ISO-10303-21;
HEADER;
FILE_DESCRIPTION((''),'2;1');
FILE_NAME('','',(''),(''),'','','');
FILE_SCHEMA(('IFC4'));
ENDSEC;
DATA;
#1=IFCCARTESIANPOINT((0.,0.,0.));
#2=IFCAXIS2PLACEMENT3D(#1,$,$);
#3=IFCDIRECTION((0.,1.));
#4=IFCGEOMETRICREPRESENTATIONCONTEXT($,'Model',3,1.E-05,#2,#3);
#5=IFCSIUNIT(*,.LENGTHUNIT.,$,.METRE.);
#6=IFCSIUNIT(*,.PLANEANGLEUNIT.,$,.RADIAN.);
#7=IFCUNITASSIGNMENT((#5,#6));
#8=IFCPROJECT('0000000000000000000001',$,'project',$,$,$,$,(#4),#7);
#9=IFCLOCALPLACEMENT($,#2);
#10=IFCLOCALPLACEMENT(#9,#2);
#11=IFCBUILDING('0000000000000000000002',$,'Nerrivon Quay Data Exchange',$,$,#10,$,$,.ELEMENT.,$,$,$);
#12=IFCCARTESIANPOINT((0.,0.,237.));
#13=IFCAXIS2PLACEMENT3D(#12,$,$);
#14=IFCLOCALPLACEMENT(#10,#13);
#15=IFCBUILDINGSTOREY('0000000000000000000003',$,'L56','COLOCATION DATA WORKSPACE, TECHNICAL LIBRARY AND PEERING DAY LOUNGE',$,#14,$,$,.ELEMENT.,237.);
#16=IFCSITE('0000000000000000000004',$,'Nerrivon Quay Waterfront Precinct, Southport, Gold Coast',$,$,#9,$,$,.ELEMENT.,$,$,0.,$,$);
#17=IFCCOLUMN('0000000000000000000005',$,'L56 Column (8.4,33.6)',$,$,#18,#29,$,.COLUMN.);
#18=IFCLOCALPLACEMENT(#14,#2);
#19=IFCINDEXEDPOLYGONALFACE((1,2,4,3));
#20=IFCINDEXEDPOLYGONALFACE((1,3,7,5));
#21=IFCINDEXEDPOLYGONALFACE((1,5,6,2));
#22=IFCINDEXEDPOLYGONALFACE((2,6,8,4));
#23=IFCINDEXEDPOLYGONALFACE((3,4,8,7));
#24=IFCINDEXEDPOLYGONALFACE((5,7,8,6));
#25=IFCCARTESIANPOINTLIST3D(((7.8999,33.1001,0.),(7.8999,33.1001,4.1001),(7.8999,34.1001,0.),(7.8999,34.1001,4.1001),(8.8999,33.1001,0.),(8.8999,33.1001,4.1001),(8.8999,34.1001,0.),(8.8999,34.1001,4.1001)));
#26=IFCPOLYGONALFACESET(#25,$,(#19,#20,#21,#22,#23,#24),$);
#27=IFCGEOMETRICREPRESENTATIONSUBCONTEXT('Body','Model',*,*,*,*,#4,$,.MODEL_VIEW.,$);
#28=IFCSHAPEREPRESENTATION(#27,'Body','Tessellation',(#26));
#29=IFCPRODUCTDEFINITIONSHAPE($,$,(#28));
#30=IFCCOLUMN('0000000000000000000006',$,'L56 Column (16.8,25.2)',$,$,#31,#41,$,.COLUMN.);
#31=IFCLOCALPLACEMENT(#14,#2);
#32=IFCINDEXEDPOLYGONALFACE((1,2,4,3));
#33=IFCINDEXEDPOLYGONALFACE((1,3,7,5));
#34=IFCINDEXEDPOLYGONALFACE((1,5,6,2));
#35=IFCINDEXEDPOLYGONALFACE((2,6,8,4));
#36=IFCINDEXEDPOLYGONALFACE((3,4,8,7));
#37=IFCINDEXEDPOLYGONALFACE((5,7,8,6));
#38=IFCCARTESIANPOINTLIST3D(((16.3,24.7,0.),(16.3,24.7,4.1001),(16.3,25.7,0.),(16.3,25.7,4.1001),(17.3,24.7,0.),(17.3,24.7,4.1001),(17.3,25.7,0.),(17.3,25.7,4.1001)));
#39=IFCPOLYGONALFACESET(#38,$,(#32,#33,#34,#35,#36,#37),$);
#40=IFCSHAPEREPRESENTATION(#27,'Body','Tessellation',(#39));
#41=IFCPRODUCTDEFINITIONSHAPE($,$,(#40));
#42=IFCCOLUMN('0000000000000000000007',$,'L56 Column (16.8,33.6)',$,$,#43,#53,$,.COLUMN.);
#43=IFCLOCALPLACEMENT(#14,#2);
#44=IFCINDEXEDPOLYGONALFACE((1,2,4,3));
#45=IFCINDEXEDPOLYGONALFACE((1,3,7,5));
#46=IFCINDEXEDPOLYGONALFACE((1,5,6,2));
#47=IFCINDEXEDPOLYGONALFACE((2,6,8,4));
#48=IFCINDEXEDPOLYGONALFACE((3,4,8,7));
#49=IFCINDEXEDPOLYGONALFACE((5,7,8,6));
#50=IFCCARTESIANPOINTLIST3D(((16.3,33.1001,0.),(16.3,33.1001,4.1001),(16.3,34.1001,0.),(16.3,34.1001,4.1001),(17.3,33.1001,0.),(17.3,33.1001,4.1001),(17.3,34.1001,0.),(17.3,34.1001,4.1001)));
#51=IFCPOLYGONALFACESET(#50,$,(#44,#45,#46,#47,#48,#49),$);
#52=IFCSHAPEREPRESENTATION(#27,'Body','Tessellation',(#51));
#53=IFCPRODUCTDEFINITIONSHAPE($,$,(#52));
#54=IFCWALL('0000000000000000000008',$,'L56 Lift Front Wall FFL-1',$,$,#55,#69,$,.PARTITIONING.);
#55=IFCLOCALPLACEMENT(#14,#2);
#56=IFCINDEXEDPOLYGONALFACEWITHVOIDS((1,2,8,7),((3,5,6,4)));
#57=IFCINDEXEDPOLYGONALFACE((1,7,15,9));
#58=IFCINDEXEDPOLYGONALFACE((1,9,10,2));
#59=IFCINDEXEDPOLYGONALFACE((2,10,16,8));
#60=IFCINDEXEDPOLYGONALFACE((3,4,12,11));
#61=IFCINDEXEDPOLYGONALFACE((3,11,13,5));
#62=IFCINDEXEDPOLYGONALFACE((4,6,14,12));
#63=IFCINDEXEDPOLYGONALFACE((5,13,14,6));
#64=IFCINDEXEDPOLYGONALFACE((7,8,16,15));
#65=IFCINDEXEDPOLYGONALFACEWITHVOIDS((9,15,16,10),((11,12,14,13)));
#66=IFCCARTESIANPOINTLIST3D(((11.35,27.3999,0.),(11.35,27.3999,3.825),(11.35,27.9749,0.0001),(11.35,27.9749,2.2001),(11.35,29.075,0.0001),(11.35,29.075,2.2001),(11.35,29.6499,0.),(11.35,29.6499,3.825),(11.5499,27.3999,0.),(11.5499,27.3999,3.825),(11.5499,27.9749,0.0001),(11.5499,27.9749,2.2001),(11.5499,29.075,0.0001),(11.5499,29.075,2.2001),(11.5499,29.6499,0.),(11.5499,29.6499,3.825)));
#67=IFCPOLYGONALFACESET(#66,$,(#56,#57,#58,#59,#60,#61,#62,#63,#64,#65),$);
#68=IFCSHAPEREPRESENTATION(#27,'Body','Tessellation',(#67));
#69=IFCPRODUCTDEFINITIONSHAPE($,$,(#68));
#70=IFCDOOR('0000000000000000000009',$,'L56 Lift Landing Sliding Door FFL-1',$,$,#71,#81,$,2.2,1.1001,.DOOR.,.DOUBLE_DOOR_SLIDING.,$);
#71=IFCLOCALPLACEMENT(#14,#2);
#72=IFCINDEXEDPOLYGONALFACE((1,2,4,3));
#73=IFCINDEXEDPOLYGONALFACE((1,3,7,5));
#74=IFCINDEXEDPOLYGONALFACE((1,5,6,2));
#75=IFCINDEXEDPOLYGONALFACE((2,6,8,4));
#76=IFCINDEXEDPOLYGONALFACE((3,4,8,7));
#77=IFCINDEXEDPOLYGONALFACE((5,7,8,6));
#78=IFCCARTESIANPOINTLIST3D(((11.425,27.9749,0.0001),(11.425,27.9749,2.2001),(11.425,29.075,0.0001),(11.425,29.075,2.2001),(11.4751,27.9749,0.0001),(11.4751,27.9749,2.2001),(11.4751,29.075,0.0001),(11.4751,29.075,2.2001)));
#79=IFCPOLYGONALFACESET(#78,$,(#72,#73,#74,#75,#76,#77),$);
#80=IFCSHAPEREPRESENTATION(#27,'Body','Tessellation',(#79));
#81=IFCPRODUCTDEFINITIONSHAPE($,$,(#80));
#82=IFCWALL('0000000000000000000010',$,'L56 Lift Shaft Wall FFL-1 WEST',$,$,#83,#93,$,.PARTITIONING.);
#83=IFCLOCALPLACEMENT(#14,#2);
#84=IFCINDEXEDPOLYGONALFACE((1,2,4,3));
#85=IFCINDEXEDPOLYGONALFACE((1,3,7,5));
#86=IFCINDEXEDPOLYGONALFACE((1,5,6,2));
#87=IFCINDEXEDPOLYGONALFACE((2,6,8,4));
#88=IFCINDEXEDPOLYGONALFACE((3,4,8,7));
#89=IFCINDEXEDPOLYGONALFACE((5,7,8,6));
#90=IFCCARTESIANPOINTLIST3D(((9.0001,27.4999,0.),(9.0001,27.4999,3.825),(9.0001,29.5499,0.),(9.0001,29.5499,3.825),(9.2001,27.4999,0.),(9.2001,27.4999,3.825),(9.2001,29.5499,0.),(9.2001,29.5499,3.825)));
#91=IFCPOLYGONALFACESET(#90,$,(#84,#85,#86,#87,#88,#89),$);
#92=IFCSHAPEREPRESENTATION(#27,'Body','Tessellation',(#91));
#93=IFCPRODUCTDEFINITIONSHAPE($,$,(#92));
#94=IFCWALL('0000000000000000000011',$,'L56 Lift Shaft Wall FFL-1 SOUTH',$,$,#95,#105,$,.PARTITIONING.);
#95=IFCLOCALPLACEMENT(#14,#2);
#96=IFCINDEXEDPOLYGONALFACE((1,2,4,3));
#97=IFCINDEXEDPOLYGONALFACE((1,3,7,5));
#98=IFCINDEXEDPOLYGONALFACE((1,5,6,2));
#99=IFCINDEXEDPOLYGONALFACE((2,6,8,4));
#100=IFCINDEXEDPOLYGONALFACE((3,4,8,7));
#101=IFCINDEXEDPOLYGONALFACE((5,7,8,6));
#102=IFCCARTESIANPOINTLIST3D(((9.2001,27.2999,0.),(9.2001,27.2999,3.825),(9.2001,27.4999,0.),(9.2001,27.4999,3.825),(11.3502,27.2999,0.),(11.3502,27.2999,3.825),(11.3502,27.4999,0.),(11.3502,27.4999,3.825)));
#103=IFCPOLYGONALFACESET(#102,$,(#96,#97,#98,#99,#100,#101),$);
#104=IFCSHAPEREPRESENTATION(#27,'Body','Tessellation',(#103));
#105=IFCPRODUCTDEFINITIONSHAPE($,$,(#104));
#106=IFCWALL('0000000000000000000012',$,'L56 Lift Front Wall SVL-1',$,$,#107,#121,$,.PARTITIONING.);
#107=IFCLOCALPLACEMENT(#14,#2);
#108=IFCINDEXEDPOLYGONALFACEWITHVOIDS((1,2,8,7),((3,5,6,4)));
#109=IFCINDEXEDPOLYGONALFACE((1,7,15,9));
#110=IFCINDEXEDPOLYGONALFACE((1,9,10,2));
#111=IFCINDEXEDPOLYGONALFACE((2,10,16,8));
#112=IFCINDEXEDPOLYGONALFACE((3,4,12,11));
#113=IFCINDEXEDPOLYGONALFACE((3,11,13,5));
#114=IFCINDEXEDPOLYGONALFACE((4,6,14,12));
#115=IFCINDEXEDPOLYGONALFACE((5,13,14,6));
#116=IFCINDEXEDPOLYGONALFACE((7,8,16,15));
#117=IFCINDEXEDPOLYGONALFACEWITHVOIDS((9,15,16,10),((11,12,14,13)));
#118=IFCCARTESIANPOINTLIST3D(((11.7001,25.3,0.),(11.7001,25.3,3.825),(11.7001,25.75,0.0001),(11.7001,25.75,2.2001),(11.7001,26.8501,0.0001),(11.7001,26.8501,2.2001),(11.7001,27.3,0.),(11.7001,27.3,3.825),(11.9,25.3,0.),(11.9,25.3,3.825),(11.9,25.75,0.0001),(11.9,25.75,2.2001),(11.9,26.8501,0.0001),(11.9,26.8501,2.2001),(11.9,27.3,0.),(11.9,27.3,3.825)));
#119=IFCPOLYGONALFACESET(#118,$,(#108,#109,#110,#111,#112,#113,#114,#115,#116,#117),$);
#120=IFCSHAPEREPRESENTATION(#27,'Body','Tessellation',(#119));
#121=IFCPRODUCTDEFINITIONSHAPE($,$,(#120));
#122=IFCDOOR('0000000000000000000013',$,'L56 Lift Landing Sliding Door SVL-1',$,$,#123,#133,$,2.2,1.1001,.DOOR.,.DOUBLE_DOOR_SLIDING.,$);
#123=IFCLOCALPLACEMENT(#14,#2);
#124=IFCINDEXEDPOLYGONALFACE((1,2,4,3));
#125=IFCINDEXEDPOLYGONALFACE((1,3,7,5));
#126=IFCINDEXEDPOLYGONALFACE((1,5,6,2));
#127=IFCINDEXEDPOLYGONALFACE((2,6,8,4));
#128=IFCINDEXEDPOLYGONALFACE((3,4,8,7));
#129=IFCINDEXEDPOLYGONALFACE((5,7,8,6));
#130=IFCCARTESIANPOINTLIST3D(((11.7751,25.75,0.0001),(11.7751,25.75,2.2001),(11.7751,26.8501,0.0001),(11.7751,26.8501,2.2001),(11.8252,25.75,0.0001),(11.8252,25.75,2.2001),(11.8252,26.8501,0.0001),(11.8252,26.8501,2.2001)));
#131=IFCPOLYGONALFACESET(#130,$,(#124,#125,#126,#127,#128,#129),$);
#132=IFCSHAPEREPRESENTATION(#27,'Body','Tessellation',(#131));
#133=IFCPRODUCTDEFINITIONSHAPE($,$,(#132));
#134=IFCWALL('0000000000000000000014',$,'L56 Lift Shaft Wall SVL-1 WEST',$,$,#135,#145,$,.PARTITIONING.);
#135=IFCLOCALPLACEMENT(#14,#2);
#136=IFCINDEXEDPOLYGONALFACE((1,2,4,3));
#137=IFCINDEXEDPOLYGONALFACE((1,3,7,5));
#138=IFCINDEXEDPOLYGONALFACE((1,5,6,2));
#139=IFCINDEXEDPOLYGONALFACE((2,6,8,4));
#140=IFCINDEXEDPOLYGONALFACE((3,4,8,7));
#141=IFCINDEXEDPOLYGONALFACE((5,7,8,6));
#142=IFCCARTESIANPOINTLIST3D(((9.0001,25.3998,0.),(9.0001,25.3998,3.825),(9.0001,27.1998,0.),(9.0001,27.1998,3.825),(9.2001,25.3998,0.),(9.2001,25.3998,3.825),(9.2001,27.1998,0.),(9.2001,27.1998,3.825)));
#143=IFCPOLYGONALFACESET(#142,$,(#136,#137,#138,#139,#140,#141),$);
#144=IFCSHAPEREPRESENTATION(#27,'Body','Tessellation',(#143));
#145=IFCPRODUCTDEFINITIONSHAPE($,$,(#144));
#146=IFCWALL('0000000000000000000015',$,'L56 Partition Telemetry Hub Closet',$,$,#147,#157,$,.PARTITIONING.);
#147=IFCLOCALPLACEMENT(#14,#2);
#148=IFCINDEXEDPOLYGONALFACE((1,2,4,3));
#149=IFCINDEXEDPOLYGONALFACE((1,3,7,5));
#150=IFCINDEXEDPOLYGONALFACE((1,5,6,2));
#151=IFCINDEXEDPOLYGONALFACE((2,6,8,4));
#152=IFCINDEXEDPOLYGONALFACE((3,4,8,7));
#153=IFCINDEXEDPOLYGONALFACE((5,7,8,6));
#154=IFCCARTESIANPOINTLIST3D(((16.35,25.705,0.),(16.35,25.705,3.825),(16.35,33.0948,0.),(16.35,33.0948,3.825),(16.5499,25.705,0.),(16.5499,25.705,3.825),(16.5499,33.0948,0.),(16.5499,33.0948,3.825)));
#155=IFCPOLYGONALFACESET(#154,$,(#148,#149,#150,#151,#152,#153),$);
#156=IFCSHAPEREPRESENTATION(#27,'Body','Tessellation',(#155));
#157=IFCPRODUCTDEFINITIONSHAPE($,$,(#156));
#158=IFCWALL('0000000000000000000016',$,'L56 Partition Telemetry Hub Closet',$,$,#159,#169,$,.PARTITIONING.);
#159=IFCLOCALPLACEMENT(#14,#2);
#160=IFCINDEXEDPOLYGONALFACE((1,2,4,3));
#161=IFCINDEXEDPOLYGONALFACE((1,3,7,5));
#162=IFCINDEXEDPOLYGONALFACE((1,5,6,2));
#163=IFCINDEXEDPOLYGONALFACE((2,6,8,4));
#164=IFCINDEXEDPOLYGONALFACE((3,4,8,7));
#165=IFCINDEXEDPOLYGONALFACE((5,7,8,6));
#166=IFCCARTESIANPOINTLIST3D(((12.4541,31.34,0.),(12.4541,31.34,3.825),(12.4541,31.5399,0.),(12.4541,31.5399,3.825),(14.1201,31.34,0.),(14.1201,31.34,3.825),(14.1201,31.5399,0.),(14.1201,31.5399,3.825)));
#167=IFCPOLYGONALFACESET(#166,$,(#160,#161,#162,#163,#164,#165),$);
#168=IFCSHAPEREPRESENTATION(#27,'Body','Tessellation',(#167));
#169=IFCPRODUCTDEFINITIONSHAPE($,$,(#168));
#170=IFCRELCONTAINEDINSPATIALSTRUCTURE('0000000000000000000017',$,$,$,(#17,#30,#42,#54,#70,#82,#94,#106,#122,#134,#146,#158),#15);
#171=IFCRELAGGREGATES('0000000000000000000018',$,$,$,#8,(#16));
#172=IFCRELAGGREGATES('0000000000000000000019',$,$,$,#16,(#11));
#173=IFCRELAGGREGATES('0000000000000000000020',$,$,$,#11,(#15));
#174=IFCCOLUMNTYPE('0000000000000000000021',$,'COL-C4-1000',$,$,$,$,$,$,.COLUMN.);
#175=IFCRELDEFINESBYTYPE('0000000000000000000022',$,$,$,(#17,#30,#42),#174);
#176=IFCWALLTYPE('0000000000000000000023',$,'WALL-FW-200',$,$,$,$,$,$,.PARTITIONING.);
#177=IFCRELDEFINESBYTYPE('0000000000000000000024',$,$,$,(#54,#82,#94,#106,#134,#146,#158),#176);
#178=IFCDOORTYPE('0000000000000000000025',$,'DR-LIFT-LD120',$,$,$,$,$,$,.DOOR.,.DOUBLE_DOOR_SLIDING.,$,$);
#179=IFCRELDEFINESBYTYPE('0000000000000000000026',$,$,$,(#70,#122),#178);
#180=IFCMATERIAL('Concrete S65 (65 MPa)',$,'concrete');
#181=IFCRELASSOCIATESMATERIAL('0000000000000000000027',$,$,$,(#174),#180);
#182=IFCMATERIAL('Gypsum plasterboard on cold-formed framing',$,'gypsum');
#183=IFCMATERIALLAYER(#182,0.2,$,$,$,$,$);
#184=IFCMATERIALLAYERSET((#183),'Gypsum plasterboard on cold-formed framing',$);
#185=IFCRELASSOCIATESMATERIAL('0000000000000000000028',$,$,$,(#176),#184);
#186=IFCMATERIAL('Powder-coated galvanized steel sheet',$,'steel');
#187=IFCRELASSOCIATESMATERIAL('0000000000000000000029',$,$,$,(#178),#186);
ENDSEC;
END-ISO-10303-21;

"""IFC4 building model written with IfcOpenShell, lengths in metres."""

from ifc_helpers import new_model, si_unit, direction, frame, frame_2d, origin, origin_2d, place, context, subcontext, project, spatial, rectangle, extrude, material, layer, layer_set, material_profile, profile_set, type_object, element, fill, save


model = new_model("IFC4")

# Units and contexts
model_context = context("Model", 3, precision=1e-05, world=origin(), true_north=direction((0.0, 1.0)))
body_context = subcontext(model_context, "Body", "Model", "MODEL_VIEW")
ifc_project = project(units=[si_unit("LENGTHUNIT", "METRE"), si_unit("PLANEANGLEUNIT", "RADIAN")], contexts=[model_context])

# Site, building, storey
site_placement = place(None, origin())
site = spatial("IfcSite", under=ifc_project, at=site_placement, Name="Nerrivon Quay Waterfront Precinct, Southport, Gold Coast", CompositionType="ELEMENT", RefElevation=0.0)
building_placement = place(site_placement, origin())
building = spatial("IfcBuilding", under=site, at=building_placement, Name="Nerrivon Quay Data Exchange", CompositionType="ELEMENT")
storey_placement = place(building_placement, frame((0.0, 0.0, 237.0)))
storey = spatial("IfcBuildingStorey", under=building, at=storey_placement, Name="L56", Description="COLOCATION DATA WORKSPACE, TECHNICAL LIBRARY AND PEERING DAY LOUNGE", CompositionType="ELEMENT", Elevation=237.0)

# Columns
ifc_material_1 = material(Name="Concrete S65 (65 MPa)", Category="concrete")
ifc_material_profile = material_profile(ifc_material_1, rectangle(XDim=1.0, YDim=1.0, at=origin_2d()), Name="RC-COL-1000x1000")
ifc_profile_set = profile_set([ifc_material_profile], Name="Concrete S65 (65 MPa)")
column_type = type_object("IfcColumnType", Name="COL-C4-1000", PredefinedType="COLUMN", material=ifc_profile_set)
for number, where, z_axis, x_axis, name in (
    (1, (8.3999, 33.6001, 0.0), (0.0, 0.0, 1.0), (1.0, 0.0, 0.0), "L56 Column (8.4,33.6)"),
    (2, (16.8, 25.2, 0.0), (0.0, 0.0, 1.0), (1.0, 0.0, 0.0), "L56 Column (16.8,25.2)"),
    (3, (16.8, 33.6001, 0.0), (0.0, 0.0, 1.0), (1.0, 0.0, 0.0), "L56 Column (16.8,33.6)"),
):
    element("IfcColumn", number, at=place(storey_placement, frame(where, z_axis=z_axis, x_axis=x_axis)), inside=storey, type_object=column_type, Name=name, PredefinedType="COLUMN", context=body_context, shape_type="SweptSolid", body=[
        extrude(rectangle(XDim=1.0, YDim=1.0, at=origin_2d()), origin(), (0.0, 0.0, 1.0), 4.1001),
    ])

# Wall, opening, door
ifc_material_2 = material(Name="Powder-coated galvanized steel sheet", Category="steel")
ifc_material_3 = material(Name="Gypsum plasterboard on cold-formed framing", Category="gypsum")
ifc_layer_1 = layer(ifc_material_3, 0.2)
ifc_layer_set_1 = layer_set([ifc_layer_1], Name="Gypsum plasterboard on cold-formed framing")
wall_type_1 = type_object("IfcWallType", Name="WALL-FW-200", PredefinedType="PARTITIONING", material=ifc_layer_set_1)
wall_1_placement = place(storey_placement, frame((11.45, 27.3999, 0.0), z_axis=(0.0, 0.0, 1.0), x_axis=(0.0, 1.0, 0.0)))
wall_1 = element("IfcWall", 4, at=wall_1_placement, inside=storey, type_object=wall_type_1, Name="L56 Lift Front Wall FFL-1", PredefinedType="PARTITIONING", context=body_context, shape_type="SweptSolid", body=[
    extrude(rectangle(XDim=2.25, YDim=0.2, at=frame_2d((1.125, 0.0))), origin(), (0.0, 0.0, 1.0), 3.825),
])
opening_1_placement = place(wall_1_placement, frame((0.575, 0.0, 0.0)))
opening_1 = element("IfcOpeningElement", 5, at=opening_1_placement, cuts=wall_1, PredefinedType="OPENING", context=body_context, shape_type="SweptSolid", body=[
    extrude(rectangle(XDim=1.1001, YDim=2.2, at=frame_2d((0.55, 1.1001))), frame((0.0, 0.1099, 0.0), z_axis=(0.0, -1.0, 0.0), x_axis=(1.0, 0.0, 0.0)), (0.0, 0.0, 1.0), 0.22),
])
door_type_1 = type_object("IfcDoorType", Name="DR-LIFT-LD120", OperationType="DOUBLE_DOOR_SLIDING", PredefinedType="DOOR", material=ifc_material_2)
door_1_placement = place(opening_1_placement, origin())
door_1 = element("IfcDoor", 6, at=door_1_placement, inside=storey, type_object=door_type_1, Name="L56 Lift Landing Sliding Door FFL-1", OperationType="DOUBLE_DOOR_SLIDING", OverallHeight=2.2, OverallWidth=1.1001, PredefinedType="DOOR", context=body_context, shape_type="SweptSolid", body=[
    extrude(rectangle(XDim=1.1001, YDim=2.2, at=frame_2d((0.55, 1.1001))), frame((0.0, 0.0249, 0.0), z_axis=(0.0, -1.0, 0.0), x_axis=(1.0, 0.0, 0.0)), (0.0, 0.0, 1.0), 0.05),
])
fill(opening_1, door_1)

# Walls
wall_2_placement = place(storey_placement, frame((9.1001, 27.5, 0.0), z_axis=(0.0, 0.0, 1.0), x_axis=(0.0, 1.0, 0.0)))
element("IfcWall", 7, at=wall_2_placement, inside=storey, type_object=wall_type_1, Name="L56 Lift Shaft Wall FFL-1 WEST", PredefinedType="PARTITIONING", context=body_context, shape_type="SweptSolid", body=[
    extrude(rectangle(XDim=2.05, YDim=0.2, at=frame_2d((1.0249, 0.0))), origin(), (0.0, 0.0, 1.0), 3.825),
])
wall_3_placement = place(storey_placement, frame((9.2, 27.3999, 0.0), z_axis=(0.0, 0.0, 1.0), x_axis=(1.0, 0.0, 0.0)))
element("IfcWall", 8, at=wall_3_placement, inside=storey, type_object=wall_type_1, Name="L56 Lift Shaft Wall FFL-1 SOUTH", PredefinedType="PARTITIONING", context=body_context, shape_type="SweptSolid", body=[
    extrude(rectangle(XDim=2.1501, YDim=0.2, at=frame_2d((1.0752, 0.0))), origin(), (0.0, 0.0, 1.0), 3.825),
])

# Wall, opening, door
wall_4_placement = place(storey_placement, frame((11.8, 25.3, 0.0), z_axis=(0.0, 0.0, 1.0), x_axis=(0.0, 1.0, 0.0)))
wall_4 = element("IfcWall", 9, at=wall_4_placement, inside=storey, type_object=wall_type_1, Name="L56 Lift Front Wall SVL-1", PredefinedType="PARTITIONING", context=body_context, shape_type="SweptSolid", body=[
    extrude(rectangle(XDim=2.0, YDim=0.2, at=frame_2d((1.0, 0.0))), origin(), (0.0, 0.0, 1.0), 3.825),
])
opening_2_placement = place(wall_4_placement, frame((0.45, 0.0, 0.0)))
opening_2 = element("IfcOpeningElement", 10, at=opening_2_placement, cuts=wall_4, PredefinedType="OPENING", context=body_context, shape_type="SweptSolid", body=[
    extrude(rectangle(XDim=1.1001, YDim=2.2, at=frame_2d((0.55, 1.1001))), frame((0.0, 0.1099, 0.0), z_axis=(0.0, -1.0, 0.0), x_axis=(1.0, 0.0, 0.0)), (0.0, 0.0, 1.0), 0.22),
])
door_2_placement = place(opening_2_placement, origin())
door_2 = element("IfcDoor", 11, at=door_2_placement, inside=storey, type_object=door_type_1, Name="L56 Lift Landing Sliding Door SVL-1", OperationType="DOUBLE_DOOR_SLIDING", OverallHeight=2.2, OverallWidth=1.1001, PredefinedType="DOOR", context=body_context, shape_type="SweptSolid", body=[
    extrude(rectangle(XDim=1.1001, YDim=2.2, at=frame_2d((0.55, 1.1001))), frame((0.0, 0.0249, 0.0), z_axis=(0.0, -1.0, 0.0), x_axis=(1.0, 0.0, 0.0)), (0.0, 0.0, 1.0), 0.05),
])
fill(opening_2, door_2)

# Walls
wall_5_placement = place(storey_placement, frame((9.1001, 25.3999, 0.0), z_axis=(0.0, 0.0, 1.0), x_axis=(0.0, 1.0, 0.0)))
element("IfcWall", 12, at=wall_5_placement, inside=storey, type_object=wall_type_1, Name="L56 Lift Shaft Wall SVL-1 WEST", PredefinedType="PARTITIONING", context=body_context, shape_type="SweptSolid", body=[
    extrude(rectangle(XDim=1.8, YDim=0.2, at=frame_2d((0.8999, 0.0))), origin(), (0.0, 0.0, 1.0), 3.825),
])
wall_6_placement = place(storey_placement, frame((16.45, 25.7051, 0.0), z_axis=(0.0, 0.0, 1.0), x_axis=(0.0, 1.0, 0.0)))
element("IfcWall", 13, at=wall_6_placement, inside=storey, type_object=wall_type_1, Name="L56 Partition Telemetry Hub Closet", PredefinedType="PARTITIONING", context=body_context, shape_type="SweptSolid", body=[
    extrude(rectangle(XDim=7.3899, YDim=0.2, at=frame_2d((3.6948, 0.0))), origin(), (0.0, 0.0, 1.0), 3.825),
])
wall_7_placement = place(storey_placement, frame((12.4541, 31.4399, 0.0), z_axis=(0.0, 0.0, 1.0), x_axis=(1.0, 0.0, 0.0)))
element("IfcWall", 14, at=wall_7_placement, inside=storey, type_object=wall_type_1, Name="L56 Partition Telemetry Hub Closet", PredefinedType="PARTITIONING", context=body_context, shape_type="SweptSolid", body=[
    extrude(rectangle(XDim=1.666, YDim=0.2, at=frame_2d((0.833, 0.0))), origin(), (0.0, 0.0, 1.0), 3.825),
])

save(model, "model.ifc")
